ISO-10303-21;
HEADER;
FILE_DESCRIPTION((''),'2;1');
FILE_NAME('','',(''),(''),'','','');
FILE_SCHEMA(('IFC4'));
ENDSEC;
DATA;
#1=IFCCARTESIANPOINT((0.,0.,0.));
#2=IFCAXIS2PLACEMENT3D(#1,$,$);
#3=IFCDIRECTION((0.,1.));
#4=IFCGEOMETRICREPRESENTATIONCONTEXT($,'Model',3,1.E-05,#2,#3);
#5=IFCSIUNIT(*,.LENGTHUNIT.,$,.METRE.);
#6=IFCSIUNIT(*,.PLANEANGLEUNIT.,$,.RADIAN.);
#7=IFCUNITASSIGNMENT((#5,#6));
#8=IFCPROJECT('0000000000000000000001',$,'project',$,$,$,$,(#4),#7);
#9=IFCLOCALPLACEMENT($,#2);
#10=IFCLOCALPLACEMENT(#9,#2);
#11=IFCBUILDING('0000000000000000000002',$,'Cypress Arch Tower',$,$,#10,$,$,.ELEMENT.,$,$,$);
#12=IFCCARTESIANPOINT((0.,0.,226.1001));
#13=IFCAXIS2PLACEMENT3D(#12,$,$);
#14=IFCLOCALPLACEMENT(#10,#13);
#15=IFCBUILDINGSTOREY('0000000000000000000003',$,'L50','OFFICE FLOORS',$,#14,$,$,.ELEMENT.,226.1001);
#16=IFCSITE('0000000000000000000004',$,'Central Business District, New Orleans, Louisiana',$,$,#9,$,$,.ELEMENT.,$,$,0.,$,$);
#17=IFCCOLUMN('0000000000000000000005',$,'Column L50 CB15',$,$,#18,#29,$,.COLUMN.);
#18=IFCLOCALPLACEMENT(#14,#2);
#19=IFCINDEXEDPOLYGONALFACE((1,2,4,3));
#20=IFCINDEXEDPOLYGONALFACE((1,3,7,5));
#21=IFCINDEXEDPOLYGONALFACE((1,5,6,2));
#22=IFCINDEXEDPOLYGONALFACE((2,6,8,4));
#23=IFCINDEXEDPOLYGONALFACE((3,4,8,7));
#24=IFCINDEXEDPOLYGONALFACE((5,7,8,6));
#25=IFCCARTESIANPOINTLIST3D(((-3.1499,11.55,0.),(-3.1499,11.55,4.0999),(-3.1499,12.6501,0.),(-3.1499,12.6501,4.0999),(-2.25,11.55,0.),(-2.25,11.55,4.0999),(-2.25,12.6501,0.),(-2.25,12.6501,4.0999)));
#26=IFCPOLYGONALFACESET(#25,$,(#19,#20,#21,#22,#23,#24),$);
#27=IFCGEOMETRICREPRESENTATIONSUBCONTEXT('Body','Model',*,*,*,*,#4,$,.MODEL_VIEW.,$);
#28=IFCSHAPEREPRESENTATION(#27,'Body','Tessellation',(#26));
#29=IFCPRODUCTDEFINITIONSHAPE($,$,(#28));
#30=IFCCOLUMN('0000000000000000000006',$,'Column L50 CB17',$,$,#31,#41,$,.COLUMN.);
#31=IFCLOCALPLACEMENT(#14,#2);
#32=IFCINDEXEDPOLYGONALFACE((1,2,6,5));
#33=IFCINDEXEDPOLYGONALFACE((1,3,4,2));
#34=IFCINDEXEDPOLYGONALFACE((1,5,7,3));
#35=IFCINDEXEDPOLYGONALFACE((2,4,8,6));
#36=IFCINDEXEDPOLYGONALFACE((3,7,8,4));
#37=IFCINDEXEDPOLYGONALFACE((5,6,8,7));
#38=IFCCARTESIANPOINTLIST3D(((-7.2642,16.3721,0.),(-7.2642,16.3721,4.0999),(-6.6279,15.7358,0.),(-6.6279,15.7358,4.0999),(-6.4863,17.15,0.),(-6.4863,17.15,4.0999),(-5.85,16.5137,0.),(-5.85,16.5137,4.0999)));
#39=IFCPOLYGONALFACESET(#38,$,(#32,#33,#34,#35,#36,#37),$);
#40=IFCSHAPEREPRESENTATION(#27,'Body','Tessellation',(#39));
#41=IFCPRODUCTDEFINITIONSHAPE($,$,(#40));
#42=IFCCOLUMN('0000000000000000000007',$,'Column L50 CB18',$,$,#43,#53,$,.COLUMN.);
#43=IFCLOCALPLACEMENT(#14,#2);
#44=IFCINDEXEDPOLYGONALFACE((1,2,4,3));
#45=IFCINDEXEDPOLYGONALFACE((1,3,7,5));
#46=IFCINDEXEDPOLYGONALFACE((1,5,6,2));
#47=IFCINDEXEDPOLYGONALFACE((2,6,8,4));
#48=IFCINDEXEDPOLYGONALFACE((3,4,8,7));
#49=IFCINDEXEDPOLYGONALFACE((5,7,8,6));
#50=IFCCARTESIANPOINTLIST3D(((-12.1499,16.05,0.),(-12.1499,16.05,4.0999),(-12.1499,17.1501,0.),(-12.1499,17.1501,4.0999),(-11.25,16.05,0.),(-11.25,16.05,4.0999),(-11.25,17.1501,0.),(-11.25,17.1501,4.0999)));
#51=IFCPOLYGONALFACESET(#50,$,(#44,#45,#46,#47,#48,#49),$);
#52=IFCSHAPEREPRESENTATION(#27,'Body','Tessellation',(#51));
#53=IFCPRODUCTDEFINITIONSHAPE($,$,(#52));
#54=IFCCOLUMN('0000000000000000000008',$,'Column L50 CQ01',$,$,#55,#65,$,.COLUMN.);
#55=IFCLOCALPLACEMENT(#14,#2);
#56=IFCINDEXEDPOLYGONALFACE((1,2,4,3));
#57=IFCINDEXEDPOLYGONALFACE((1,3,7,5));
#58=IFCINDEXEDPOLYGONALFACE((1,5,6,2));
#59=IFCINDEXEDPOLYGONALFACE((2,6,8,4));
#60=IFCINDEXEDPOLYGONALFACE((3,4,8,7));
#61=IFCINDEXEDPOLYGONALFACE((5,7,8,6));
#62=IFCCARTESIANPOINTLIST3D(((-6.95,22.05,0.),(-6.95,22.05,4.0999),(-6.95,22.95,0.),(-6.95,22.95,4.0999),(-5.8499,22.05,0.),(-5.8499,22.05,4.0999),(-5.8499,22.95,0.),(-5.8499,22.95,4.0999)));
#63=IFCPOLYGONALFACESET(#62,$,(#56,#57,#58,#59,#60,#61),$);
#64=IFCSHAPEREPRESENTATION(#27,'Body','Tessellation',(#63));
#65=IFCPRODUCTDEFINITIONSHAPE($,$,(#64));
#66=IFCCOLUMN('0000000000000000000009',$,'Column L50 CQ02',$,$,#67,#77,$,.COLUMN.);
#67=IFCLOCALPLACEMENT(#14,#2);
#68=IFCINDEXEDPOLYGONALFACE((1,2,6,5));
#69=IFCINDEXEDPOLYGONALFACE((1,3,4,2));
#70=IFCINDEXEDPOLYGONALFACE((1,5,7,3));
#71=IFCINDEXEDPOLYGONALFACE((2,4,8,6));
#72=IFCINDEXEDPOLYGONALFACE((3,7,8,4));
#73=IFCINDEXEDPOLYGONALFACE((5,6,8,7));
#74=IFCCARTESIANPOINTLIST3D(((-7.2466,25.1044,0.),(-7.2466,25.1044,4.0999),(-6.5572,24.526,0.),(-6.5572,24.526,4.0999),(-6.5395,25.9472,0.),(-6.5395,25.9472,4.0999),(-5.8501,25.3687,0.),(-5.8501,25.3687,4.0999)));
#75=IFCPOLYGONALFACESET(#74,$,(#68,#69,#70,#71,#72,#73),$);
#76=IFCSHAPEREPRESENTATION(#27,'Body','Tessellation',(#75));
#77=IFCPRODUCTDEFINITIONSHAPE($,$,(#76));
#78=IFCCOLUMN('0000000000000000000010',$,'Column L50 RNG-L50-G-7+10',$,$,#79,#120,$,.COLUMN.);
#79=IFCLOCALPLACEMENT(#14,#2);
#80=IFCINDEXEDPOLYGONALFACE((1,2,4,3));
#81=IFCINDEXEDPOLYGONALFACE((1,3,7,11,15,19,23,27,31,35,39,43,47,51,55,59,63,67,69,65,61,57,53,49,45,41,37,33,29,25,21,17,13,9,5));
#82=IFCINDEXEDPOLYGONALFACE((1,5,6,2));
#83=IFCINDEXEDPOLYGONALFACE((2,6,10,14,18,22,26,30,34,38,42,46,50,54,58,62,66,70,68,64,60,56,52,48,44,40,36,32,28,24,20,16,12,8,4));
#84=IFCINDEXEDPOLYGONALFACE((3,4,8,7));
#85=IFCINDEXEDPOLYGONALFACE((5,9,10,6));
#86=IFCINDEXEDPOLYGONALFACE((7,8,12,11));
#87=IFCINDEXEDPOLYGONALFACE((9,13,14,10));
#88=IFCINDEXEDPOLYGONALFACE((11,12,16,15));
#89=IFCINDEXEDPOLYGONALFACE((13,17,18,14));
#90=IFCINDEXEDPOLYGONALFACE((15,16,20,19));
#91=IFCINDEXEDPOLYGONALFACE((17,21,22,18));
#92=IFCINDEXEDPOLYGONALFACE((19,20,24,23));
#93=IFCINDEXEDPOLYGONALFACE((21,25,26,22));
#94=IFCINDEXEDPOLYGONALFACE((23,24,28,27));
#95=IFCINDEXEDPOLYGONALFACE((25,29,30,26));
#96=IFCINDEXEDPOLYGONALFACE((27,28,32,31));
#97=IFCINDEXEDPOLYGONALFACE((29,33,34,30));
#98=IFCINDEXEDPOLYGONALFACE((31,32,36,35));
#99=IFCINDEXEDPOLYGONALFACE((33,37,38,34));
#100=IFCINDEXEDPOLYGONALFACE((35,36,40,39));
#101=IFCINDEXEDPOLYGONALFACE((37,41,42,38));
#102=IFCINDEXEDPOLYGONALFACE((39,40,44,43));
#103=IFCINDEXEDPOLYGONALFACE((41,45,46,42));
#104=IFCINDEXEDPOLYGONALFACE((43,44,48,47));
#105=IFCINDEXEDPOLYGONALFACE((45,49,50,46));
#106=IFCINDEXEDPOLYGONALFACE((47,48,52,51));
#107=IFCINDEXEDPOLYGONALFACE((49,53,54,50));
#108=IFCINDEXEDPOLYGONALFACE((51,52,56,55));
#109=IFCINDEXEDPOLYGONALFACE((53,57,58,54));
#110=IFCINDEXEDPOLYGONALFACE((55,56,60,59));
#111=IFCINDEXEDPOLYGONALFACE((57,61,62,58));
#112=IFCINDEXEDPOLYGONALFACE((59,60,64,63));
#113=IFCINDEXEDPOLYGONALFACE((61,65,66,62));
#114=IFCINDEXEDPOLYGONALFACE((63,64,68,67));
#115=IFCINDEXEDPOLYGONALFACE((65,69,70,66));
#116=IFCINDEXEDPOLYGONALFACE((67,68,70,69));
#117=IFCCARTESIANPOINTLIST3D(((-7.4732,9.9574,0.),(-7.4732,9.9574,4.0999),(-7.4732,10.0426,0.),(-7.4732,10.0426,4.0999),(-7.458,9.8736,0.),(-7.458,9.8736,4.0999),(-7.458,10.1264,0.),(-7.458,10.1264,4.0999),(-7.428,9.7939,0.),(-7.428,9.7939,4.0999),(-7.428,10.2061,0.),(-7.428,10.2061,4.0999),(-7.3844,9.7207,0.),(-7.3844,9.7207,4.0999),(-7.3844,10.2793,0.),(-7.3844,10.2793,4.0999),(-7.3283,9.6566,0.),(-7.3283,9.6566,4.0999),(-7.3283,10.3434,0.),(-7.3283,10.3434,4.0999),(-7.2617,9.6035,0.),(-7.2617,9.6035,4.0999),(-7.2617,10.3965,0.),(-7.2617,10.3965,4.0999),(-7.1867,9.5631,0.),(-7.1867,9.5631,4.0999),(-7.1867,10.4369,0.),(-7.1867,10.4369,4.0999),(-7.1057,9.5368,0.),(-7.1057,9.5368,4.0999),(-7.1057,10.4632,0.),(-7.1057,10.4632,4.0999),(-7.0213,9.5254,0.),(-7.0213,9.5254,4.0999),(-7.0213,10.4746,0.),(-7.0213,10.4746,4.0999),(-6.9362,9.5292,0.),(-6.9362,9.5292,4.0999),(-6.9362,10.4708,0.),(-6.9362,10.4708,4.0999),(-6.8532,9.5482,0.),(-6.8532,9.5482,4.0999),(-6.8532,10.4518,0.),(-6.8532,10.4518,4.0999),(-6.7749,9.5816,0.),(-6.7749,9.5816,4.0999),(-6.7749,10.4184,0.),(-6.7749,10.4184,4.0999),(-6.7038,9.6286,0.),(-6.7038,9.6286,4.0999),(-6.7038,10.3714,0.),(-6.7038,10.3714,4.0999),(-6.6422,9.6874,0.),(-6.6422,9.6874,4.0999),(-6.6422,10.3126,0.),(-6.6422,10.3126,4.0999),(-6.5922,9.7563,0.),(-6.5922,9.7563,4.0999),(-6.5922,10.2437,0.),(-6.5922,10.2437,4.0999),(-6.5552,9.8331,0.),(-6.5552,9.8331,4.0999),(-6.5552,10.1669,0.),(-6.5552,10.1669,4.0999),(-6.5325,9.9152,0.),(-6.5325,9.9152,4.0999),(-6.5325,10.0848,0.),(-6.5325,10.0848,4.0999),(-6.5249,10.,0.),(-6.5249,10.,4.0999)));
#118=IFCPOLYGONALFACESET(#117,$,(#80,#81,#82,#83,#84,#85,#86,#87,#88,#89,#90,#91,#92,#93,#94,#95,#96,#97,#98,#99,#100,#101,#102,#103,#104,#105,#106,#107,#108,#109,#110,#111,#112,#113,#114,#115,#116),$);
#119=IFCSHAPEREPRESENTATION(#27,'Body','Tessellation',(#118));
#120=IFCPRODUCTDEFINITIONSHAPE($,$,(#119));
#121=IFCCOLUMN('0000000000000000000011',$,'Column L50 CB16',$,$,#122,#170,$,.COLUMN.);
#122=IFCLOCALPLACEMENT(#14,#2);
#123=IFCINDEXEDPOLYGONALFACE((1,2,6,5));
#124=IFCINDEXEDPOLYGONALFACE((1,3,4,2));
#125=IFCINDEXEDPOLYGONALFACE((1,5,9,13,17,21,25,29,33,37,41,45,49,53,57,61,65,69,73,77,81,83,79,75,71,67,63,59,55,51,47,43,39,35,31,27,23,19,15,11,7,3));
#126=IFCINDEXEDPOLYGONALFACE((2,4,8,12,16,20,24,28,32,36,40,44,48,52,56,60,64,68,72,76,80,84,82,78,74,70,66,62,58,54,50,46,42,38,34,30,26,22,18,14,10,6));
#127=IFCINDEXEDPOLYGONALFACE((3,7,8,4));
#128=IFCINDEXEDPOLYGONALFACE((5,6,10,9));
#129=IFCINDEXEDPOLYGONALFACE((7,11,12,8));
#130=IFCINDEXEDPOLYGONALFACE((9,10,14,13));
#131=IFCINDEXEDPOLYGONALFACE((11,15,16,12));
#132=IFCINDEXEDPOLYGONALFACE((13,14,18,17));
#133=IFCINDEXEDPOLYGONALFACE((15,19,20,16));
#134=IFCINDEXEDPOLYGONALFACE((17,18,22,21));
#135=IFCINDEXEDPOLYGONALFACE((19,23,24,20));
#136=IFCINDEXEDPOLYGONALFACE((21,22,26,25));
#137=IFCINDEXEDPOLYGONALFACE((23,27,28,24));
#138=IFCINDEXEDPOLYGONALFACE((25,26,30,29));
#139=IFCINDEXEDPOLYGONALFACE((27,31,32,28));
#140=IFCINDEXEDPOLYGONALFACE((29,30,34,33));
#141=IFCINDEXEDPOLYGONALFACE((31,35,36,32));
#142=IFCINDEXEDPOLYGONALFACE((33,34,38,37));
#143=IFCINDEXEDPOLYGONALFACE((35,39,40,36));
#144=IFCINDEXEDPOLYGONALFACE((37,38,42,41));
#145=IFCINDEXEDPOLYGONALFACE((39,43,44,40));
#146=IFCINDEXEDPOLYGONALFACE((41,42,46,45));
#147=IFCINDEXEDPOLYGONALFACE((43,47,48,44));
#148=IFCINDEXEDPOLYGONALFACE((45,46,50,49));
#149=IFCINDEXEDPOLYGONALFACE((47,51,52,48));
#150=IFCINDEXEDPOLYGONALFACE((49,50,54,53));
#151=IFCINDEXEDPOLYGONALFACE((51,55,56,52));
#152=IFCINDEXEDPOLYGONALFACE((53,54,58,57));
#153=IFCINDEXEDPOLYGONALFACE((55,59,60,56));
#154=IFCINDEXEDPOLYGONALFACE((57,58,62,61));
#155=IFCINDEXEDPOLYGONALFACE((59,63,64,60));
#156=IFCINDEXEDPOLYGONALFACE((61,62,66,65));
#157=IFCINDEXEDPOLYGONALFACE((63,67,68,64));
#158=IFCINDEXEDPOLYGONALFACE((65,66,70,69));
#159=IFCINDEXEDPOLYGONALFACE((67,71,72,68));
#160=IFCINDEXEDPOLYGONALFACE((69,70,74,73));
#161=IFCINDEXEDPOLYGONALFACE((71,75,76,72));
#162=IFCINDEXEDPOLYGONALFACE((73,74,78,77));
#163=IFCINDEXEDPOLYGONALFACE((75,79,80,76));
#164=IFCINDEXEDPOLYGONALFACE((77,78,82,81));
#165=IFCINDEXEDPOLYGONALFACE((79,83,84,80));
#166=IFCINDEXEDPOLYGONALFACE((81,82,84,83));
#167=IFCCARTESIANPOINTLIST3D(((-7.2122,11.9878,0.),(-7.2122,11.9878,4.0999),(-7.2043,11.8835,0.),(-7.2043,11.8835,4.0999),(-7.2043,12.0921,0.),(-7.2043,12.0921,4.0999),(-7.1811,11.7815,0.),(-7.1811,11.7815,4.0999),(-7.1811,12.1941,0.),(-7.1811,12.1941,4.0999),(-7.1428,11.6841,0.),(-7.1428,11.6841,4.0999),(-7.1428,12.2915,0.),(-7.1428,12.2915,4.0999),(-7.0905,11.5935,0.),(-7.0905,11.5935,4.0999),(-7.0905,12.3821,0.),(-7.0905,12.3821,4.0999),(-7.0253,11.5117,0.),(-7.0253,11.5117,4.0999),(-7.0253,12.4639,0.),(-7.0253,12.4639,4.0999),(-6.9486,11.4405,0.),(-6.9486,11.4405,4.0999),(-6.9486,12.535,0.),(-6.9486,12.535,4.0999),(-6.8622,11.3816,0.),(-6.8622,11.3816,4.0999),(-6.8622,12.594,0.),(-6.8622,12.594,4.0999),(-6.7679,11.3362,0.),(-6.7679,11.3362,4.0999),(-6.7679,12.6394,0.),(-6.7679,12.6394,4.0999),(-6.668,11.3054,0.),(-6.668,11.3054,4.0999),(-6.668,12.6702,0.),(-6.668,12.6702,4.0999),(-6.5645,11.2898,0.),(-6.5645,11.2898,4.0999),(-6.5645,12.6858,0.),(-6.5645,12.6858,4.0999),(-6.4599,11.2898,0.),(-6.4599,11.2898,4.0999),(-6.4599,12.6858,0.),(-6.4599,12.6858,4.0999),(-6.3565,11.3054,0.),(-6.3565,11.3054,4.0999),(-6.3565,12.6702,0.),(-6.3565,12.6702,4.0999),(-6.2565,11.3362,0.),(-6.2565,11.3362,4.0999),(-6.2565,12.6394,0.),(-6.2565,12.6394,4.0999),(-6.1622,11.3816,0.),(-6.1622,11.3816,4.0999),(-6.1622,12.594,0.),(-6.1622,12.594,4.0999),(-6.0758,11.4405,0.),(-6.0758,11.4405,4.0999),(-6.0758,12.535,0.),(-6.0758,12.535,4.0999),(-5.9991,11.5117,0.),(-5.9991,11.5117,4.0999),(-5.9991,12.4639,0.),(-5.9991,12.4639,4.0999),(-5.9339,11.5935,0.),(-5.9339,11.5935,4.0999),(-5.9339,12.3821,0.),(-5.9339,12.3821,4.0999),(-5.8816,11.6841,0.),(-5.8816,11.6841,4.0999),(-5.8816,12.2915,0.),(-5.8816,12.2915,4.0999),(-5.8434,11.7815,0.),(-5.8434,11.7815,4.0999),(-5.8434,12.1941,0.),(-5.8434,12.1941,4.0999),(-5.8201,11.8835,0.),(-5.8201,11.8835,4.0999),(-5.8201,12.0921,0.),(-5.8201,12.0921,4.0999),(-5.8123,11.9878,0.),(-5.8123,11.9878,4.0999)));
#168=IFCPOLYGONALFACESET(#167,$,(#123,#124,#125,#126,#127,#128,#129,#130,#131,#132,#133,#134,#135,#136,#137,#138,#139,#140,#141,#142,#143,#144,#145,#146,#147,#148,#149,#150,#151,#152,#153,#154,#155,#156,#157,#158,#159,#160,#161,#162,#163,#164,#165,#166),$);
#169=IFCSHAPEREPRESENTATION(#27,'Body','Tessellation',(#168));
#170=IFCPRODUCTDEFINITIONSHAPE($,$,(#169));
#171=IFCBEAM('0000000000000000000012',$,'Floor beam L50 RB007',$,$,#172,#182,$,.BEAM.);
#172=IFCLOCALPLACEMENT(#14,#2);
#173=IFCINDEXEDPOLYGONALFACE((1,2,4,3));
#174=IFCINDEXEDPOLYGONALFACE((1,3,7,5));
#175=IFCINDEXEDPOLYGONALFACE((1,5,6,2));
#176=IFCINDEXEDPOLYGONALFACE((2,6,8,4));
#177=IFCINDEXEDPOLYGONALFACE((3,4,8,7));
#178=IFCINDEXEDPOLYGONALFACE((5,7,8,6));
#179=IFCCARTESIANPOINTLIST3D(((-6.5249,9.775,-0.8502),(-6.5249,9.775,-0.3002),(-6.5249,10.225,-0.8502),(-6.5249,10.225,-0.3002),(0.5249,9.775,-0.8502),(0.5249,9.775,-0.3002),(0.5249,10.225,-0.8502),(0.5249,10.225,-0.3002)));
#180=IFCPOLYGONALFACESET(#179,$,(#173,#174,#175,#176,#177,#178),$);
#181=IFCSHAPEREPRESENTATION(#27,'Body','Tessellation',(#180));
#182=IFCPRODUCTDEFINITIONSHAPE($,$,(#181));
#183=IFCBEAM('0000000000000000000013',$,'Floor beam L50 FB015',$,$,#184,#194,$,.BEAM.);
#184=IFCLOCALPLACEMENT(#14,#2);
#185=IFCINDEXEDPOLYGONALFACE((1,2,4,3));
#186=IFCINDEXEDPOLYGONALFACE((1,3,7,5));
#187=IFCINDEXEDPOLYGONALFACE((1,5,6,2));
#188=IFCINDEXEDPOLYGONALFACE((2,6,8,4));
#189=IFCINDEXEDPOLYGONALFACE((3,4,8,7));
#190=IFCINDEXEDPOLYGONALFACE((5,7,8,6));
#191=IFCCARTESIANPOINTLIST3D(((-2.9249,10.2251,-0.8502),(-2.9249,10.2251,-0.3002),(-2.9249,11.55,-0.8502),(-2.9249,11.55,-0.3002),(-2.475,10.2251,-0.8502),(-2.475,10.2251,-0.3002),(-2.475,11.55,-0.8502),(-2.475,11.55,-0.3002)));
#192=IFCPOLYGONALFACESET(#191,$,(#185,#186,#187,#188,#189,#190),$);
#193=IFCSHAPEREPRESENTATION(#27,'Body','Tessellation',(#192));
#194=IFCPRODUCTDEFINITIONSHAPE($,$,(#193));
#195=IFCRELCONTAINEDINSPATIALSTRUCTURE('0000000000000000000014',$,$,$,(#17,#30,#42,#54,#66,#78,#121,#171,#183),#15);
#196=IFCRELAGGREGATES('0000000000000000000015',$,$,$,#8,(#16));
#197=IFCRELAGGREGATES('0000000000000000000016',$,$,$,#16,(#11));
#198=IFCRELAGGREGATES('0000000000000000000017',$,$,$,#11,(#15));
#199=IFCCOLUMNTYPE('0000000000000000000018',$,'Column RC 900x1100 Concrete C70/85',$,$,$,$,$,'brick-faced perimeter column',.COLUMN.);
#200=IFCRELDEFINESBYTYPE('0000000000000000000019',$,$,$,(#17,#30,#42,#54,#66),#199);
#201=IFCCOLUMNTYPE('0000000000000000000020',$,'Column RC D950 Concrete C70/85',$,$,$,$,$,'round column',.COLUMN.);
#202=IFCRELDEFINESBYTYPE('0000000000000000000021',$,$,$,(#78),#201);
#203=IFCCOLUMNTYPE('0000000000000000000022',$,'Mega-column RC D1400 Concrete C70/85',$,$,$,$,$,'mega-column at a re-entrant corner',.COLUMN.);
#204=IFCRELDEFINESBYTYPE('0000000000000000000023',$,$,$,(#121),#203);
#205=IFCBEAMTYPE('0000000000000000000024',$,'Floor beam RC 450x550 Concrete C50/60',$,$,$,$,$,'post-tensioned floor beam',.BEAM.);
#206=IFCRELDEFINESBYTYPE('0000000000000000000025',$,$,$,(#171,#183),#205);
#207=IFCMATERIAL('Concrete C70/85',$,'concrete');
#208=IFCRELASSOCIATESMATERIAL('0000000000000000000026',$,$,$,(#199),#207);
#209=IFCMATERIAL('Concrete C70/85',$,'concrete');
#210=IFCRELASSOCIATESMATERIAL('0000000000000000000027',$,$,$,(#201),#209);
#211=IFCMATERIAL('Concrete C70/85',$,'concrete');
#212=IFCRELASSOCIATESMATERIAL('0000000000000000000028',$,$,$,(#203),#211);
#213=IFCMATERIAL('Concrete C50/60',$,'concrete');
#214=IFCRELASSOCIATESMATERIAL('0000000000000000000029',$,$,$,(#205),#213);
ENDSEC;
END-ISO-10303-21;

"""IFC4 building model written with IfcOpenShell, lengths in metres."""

from ifc_helpers import new_model, si_unit, direction, frame, origin, origin_2d, place, context, subcontext, project, spatial, rectangle, circle, extrude, material, material_profile, profile_set, type_object, element, save


model = new_model("IFC4")

# Units and contexts
model_context = context("Model", 3, precision=1e-05, world=origin(), true_north=direction((0.0, 1.0)))
body_context = subcontext(model_context, "Body", "Model", "MODEL_VIEW")
ifc_project = project(units=[si_unit("LENGTHUNIT", "METRE"), si_unit("PLANEANGLEUNIT", "RADIAN")], contexts=[model_context])

# Site, building, storey
site_placement = place(None, origin())
site = spatial("IfcSite", under=ifc_project, at=site_placement, Name="Central Business District, New Orleans, Louisiana", CompositionType="ELEMENT", RefElevation=0.0)
building_placement = place(site_placement, origin())
building = spatial("IfcBuilding", under=site, at=building_placement, Name="Cypress Arch Tower", CompositionType="ELEMENT")
storey_placement = place(building_placement, frame((0.0, 0.0, 226.1001)))
storey = spatial("IfcBuildingStorey", under=building, at=storey_placement, Name="L50", Description="OFFICE FLOORS", CompositionType="ELEMENT", Elevation=226.1001)

# Columns
ifc_material_1 = material(Name="Concrete C70/85", Category="concrete")
ifc_material_profile_1 = material_profile(ifc_material_1, rectangle(XDim=0.8999, YDim=1.1001, at=origin_2d()), Name="RC 900x1100")
ifc_profile_set_1 = profile_set([ifc_material_profile_1], Name="Concrete C70/85")
column_type_1 = type_object("IfcColumnType", Name="Column RC 900x1100 Concrete C70/85", ElementType="brick-faced perimeter column", PredefinedType="COLUMN", material=ifc_profile_set_1)
for number, where, z_axis, x_axis, name in (
    (1, (-2.7, 12.1001, 0.0), (0.0, 0.0, 1.0), (-1.0, 0.0, 0.0), "Column L50 CB15"),
    (2, (-6.5571, 16.4429, 0.0), (0.0, 0.0, 1.0), (-0.707107, 0.707107, 0.0), "Column L50 CB17"),
    (3, (-11.7, 16.6001, 0.0), (0.0, 0.0, 1.0), (-1.0, 0.0, 0.0), "Column L50 CB18"),
    (4, (-6.3999, 22.5, 0.0), (0.0, 0.0, 1.0), (0.0, 1.0, 0.0), "Column L50 CQ01"),
    (5, (-6.5483, 25.2366, 0.0), (0.0, 0.0, 1.0), (-0.766064, 0.642765, 0.0), "Column L50 CQ02"),
):
    element("IfcColumn", number, at=place(storey_placement, frame(where, z_axis=z_axis, x_axis=x_axis)), inside=storey, type_object=column_type_1, Name=name, PredefinedType="COLUMN", context=body_context, shape_type="SweptSolid", body=[
        extrude(rectangle(XDim=0.8999, YDim=1.1001, at=origin_2d()), origin(), (0.0, 0.0, 1.0), 4.0999),
    ])
ifc_material_2 = material(Name="Concrete C70/85", Category="concrete")
ifc_material_profile_2 = material_profile(ifc_material_2, circle(Radius=0.4751, at=origin_2d()), Name="RC D950")
ifc_profile_set_2 = profile_set([ifc_material_profile_2], Name="Concrete C70/85")
column_type_2 = type_object("IfcColumnType", Name="Column RC D950 Concrete C70/85", ElementType="round column", PredefinedType="COLUMN", material=ifc_profile_set_2)
column_1_placement = place(storey_placement, frame((-7.0, 10.0, 0.0), z_axis=(0.0, 0.0, 1.0), x_axis=(1.0, 0.0, 0.0)))
element("IfcColumn", 6, at=column_1_placement, inside=storey, type_object=column_type_2, Name="Column L50 RNG-L50-G-7+10", PredefinedType="COLUMN", context=body_context, shape_type="SweptSolid", body=[
    extrude(circle(Radius=0.4751, at=origin_2d()), origin(), (0.0, 0.0, 1.0), 4.0999),
])
ifc_material_3 = material(Name="Concrete C70/85", Category="concrete")
ifc_material_profile_3 = material_profile(ifc_material_3, circle(Radius=0.7, at=origin_2d()), Name="RC D1400")
ifc_profile_set_3 = profile_set([ifc_material_profile_3], Name="Concrete C70/85")
column_type_3 = type_object("IfcColumnType", Name="Mega-column RC D1400 Concrete C70/85", ElementType="mega-column at a re-entrant corner", PredefinedType="COLUMN", material=ifc_profile_set_3)
column_2_placement = place(storey_placement, frame((-6.5122, 11.9878, 0.0), z_axis=(0.0, 0.0, 1.0), x_axis=(1.0, 0.0, 0.0)))
element("IfcColumn", 7, at=column_2_placement, inside=storey, type_object=column_type_3, Name="Column L50 CB16", PredefinedType="COLUMN", context=body_context, shape_type="SweptSolid", body=[
    extrude(circle(Radius=0.7, at=origin_2d()), origin(), (0.0, 0.0, 1.0), 4.0999),
])

# Beams
ifc_material_4 = material(Name="Concrete C50/60", Category="concrete")
ifc_material_profile_4 = material_profile(ifc_material_4, rectangle(XDim=0.45, YDim=0.55, at=origin_2d()), Name="RC 450x550")
ifc_profile_set_4 = profile_set([ifc_material_profile_4], Name="Concrete C50/60")
beam_type_1 = type_object("IfcBeamType", Name="Floor beam RC 450x550 Concrete C50/60", ElementType="post-tensioned floor beam", PredefinedType="BEAM", material=ifc_profile_set_4)
beam_1_placement = place(storey_placement, frame((-6.5249, 10.0, -0.5752), z_axis=(1.0, 0.0, 0.0), x_axis=(0.0, 1.0, 0.0)))
element("IfcBeam", 8, at=beam_1_placement, inside=storey, type_object=beam_type_1, Name="Floor beam L50 RB007", PredefinedType="BEAM", context=body_context, shape_type="SweptSolid", body=[
    extrude(rectangle(XDim=0.45, YDim=0.55, at=origin_2d()), origin(), (0.0, 0.0, 1.0), 7.0498),
])
beam_2_placement = place(storey_placement, frame((-2.7, 10.2251, -0.5752), z_axis=(0.0, 1.0, 0.0), x_axis=(-1.0, 0.0, 0.0)))
element("IfcBeam", 9, at=beam_2_placement, inside=storey, type_object=beam_type_1, Name="Floor beam L50 FB015", PredefinedType="BEAM", context=body_context, shape_type="SweptSolid", body=[
    extrude(rectangle(XDim=0.45, YDim=0.55, at=origin_2d()), origin(), (0.0, 0.0, 1.0), 1.325),
])

save(model, "model.ifc")
